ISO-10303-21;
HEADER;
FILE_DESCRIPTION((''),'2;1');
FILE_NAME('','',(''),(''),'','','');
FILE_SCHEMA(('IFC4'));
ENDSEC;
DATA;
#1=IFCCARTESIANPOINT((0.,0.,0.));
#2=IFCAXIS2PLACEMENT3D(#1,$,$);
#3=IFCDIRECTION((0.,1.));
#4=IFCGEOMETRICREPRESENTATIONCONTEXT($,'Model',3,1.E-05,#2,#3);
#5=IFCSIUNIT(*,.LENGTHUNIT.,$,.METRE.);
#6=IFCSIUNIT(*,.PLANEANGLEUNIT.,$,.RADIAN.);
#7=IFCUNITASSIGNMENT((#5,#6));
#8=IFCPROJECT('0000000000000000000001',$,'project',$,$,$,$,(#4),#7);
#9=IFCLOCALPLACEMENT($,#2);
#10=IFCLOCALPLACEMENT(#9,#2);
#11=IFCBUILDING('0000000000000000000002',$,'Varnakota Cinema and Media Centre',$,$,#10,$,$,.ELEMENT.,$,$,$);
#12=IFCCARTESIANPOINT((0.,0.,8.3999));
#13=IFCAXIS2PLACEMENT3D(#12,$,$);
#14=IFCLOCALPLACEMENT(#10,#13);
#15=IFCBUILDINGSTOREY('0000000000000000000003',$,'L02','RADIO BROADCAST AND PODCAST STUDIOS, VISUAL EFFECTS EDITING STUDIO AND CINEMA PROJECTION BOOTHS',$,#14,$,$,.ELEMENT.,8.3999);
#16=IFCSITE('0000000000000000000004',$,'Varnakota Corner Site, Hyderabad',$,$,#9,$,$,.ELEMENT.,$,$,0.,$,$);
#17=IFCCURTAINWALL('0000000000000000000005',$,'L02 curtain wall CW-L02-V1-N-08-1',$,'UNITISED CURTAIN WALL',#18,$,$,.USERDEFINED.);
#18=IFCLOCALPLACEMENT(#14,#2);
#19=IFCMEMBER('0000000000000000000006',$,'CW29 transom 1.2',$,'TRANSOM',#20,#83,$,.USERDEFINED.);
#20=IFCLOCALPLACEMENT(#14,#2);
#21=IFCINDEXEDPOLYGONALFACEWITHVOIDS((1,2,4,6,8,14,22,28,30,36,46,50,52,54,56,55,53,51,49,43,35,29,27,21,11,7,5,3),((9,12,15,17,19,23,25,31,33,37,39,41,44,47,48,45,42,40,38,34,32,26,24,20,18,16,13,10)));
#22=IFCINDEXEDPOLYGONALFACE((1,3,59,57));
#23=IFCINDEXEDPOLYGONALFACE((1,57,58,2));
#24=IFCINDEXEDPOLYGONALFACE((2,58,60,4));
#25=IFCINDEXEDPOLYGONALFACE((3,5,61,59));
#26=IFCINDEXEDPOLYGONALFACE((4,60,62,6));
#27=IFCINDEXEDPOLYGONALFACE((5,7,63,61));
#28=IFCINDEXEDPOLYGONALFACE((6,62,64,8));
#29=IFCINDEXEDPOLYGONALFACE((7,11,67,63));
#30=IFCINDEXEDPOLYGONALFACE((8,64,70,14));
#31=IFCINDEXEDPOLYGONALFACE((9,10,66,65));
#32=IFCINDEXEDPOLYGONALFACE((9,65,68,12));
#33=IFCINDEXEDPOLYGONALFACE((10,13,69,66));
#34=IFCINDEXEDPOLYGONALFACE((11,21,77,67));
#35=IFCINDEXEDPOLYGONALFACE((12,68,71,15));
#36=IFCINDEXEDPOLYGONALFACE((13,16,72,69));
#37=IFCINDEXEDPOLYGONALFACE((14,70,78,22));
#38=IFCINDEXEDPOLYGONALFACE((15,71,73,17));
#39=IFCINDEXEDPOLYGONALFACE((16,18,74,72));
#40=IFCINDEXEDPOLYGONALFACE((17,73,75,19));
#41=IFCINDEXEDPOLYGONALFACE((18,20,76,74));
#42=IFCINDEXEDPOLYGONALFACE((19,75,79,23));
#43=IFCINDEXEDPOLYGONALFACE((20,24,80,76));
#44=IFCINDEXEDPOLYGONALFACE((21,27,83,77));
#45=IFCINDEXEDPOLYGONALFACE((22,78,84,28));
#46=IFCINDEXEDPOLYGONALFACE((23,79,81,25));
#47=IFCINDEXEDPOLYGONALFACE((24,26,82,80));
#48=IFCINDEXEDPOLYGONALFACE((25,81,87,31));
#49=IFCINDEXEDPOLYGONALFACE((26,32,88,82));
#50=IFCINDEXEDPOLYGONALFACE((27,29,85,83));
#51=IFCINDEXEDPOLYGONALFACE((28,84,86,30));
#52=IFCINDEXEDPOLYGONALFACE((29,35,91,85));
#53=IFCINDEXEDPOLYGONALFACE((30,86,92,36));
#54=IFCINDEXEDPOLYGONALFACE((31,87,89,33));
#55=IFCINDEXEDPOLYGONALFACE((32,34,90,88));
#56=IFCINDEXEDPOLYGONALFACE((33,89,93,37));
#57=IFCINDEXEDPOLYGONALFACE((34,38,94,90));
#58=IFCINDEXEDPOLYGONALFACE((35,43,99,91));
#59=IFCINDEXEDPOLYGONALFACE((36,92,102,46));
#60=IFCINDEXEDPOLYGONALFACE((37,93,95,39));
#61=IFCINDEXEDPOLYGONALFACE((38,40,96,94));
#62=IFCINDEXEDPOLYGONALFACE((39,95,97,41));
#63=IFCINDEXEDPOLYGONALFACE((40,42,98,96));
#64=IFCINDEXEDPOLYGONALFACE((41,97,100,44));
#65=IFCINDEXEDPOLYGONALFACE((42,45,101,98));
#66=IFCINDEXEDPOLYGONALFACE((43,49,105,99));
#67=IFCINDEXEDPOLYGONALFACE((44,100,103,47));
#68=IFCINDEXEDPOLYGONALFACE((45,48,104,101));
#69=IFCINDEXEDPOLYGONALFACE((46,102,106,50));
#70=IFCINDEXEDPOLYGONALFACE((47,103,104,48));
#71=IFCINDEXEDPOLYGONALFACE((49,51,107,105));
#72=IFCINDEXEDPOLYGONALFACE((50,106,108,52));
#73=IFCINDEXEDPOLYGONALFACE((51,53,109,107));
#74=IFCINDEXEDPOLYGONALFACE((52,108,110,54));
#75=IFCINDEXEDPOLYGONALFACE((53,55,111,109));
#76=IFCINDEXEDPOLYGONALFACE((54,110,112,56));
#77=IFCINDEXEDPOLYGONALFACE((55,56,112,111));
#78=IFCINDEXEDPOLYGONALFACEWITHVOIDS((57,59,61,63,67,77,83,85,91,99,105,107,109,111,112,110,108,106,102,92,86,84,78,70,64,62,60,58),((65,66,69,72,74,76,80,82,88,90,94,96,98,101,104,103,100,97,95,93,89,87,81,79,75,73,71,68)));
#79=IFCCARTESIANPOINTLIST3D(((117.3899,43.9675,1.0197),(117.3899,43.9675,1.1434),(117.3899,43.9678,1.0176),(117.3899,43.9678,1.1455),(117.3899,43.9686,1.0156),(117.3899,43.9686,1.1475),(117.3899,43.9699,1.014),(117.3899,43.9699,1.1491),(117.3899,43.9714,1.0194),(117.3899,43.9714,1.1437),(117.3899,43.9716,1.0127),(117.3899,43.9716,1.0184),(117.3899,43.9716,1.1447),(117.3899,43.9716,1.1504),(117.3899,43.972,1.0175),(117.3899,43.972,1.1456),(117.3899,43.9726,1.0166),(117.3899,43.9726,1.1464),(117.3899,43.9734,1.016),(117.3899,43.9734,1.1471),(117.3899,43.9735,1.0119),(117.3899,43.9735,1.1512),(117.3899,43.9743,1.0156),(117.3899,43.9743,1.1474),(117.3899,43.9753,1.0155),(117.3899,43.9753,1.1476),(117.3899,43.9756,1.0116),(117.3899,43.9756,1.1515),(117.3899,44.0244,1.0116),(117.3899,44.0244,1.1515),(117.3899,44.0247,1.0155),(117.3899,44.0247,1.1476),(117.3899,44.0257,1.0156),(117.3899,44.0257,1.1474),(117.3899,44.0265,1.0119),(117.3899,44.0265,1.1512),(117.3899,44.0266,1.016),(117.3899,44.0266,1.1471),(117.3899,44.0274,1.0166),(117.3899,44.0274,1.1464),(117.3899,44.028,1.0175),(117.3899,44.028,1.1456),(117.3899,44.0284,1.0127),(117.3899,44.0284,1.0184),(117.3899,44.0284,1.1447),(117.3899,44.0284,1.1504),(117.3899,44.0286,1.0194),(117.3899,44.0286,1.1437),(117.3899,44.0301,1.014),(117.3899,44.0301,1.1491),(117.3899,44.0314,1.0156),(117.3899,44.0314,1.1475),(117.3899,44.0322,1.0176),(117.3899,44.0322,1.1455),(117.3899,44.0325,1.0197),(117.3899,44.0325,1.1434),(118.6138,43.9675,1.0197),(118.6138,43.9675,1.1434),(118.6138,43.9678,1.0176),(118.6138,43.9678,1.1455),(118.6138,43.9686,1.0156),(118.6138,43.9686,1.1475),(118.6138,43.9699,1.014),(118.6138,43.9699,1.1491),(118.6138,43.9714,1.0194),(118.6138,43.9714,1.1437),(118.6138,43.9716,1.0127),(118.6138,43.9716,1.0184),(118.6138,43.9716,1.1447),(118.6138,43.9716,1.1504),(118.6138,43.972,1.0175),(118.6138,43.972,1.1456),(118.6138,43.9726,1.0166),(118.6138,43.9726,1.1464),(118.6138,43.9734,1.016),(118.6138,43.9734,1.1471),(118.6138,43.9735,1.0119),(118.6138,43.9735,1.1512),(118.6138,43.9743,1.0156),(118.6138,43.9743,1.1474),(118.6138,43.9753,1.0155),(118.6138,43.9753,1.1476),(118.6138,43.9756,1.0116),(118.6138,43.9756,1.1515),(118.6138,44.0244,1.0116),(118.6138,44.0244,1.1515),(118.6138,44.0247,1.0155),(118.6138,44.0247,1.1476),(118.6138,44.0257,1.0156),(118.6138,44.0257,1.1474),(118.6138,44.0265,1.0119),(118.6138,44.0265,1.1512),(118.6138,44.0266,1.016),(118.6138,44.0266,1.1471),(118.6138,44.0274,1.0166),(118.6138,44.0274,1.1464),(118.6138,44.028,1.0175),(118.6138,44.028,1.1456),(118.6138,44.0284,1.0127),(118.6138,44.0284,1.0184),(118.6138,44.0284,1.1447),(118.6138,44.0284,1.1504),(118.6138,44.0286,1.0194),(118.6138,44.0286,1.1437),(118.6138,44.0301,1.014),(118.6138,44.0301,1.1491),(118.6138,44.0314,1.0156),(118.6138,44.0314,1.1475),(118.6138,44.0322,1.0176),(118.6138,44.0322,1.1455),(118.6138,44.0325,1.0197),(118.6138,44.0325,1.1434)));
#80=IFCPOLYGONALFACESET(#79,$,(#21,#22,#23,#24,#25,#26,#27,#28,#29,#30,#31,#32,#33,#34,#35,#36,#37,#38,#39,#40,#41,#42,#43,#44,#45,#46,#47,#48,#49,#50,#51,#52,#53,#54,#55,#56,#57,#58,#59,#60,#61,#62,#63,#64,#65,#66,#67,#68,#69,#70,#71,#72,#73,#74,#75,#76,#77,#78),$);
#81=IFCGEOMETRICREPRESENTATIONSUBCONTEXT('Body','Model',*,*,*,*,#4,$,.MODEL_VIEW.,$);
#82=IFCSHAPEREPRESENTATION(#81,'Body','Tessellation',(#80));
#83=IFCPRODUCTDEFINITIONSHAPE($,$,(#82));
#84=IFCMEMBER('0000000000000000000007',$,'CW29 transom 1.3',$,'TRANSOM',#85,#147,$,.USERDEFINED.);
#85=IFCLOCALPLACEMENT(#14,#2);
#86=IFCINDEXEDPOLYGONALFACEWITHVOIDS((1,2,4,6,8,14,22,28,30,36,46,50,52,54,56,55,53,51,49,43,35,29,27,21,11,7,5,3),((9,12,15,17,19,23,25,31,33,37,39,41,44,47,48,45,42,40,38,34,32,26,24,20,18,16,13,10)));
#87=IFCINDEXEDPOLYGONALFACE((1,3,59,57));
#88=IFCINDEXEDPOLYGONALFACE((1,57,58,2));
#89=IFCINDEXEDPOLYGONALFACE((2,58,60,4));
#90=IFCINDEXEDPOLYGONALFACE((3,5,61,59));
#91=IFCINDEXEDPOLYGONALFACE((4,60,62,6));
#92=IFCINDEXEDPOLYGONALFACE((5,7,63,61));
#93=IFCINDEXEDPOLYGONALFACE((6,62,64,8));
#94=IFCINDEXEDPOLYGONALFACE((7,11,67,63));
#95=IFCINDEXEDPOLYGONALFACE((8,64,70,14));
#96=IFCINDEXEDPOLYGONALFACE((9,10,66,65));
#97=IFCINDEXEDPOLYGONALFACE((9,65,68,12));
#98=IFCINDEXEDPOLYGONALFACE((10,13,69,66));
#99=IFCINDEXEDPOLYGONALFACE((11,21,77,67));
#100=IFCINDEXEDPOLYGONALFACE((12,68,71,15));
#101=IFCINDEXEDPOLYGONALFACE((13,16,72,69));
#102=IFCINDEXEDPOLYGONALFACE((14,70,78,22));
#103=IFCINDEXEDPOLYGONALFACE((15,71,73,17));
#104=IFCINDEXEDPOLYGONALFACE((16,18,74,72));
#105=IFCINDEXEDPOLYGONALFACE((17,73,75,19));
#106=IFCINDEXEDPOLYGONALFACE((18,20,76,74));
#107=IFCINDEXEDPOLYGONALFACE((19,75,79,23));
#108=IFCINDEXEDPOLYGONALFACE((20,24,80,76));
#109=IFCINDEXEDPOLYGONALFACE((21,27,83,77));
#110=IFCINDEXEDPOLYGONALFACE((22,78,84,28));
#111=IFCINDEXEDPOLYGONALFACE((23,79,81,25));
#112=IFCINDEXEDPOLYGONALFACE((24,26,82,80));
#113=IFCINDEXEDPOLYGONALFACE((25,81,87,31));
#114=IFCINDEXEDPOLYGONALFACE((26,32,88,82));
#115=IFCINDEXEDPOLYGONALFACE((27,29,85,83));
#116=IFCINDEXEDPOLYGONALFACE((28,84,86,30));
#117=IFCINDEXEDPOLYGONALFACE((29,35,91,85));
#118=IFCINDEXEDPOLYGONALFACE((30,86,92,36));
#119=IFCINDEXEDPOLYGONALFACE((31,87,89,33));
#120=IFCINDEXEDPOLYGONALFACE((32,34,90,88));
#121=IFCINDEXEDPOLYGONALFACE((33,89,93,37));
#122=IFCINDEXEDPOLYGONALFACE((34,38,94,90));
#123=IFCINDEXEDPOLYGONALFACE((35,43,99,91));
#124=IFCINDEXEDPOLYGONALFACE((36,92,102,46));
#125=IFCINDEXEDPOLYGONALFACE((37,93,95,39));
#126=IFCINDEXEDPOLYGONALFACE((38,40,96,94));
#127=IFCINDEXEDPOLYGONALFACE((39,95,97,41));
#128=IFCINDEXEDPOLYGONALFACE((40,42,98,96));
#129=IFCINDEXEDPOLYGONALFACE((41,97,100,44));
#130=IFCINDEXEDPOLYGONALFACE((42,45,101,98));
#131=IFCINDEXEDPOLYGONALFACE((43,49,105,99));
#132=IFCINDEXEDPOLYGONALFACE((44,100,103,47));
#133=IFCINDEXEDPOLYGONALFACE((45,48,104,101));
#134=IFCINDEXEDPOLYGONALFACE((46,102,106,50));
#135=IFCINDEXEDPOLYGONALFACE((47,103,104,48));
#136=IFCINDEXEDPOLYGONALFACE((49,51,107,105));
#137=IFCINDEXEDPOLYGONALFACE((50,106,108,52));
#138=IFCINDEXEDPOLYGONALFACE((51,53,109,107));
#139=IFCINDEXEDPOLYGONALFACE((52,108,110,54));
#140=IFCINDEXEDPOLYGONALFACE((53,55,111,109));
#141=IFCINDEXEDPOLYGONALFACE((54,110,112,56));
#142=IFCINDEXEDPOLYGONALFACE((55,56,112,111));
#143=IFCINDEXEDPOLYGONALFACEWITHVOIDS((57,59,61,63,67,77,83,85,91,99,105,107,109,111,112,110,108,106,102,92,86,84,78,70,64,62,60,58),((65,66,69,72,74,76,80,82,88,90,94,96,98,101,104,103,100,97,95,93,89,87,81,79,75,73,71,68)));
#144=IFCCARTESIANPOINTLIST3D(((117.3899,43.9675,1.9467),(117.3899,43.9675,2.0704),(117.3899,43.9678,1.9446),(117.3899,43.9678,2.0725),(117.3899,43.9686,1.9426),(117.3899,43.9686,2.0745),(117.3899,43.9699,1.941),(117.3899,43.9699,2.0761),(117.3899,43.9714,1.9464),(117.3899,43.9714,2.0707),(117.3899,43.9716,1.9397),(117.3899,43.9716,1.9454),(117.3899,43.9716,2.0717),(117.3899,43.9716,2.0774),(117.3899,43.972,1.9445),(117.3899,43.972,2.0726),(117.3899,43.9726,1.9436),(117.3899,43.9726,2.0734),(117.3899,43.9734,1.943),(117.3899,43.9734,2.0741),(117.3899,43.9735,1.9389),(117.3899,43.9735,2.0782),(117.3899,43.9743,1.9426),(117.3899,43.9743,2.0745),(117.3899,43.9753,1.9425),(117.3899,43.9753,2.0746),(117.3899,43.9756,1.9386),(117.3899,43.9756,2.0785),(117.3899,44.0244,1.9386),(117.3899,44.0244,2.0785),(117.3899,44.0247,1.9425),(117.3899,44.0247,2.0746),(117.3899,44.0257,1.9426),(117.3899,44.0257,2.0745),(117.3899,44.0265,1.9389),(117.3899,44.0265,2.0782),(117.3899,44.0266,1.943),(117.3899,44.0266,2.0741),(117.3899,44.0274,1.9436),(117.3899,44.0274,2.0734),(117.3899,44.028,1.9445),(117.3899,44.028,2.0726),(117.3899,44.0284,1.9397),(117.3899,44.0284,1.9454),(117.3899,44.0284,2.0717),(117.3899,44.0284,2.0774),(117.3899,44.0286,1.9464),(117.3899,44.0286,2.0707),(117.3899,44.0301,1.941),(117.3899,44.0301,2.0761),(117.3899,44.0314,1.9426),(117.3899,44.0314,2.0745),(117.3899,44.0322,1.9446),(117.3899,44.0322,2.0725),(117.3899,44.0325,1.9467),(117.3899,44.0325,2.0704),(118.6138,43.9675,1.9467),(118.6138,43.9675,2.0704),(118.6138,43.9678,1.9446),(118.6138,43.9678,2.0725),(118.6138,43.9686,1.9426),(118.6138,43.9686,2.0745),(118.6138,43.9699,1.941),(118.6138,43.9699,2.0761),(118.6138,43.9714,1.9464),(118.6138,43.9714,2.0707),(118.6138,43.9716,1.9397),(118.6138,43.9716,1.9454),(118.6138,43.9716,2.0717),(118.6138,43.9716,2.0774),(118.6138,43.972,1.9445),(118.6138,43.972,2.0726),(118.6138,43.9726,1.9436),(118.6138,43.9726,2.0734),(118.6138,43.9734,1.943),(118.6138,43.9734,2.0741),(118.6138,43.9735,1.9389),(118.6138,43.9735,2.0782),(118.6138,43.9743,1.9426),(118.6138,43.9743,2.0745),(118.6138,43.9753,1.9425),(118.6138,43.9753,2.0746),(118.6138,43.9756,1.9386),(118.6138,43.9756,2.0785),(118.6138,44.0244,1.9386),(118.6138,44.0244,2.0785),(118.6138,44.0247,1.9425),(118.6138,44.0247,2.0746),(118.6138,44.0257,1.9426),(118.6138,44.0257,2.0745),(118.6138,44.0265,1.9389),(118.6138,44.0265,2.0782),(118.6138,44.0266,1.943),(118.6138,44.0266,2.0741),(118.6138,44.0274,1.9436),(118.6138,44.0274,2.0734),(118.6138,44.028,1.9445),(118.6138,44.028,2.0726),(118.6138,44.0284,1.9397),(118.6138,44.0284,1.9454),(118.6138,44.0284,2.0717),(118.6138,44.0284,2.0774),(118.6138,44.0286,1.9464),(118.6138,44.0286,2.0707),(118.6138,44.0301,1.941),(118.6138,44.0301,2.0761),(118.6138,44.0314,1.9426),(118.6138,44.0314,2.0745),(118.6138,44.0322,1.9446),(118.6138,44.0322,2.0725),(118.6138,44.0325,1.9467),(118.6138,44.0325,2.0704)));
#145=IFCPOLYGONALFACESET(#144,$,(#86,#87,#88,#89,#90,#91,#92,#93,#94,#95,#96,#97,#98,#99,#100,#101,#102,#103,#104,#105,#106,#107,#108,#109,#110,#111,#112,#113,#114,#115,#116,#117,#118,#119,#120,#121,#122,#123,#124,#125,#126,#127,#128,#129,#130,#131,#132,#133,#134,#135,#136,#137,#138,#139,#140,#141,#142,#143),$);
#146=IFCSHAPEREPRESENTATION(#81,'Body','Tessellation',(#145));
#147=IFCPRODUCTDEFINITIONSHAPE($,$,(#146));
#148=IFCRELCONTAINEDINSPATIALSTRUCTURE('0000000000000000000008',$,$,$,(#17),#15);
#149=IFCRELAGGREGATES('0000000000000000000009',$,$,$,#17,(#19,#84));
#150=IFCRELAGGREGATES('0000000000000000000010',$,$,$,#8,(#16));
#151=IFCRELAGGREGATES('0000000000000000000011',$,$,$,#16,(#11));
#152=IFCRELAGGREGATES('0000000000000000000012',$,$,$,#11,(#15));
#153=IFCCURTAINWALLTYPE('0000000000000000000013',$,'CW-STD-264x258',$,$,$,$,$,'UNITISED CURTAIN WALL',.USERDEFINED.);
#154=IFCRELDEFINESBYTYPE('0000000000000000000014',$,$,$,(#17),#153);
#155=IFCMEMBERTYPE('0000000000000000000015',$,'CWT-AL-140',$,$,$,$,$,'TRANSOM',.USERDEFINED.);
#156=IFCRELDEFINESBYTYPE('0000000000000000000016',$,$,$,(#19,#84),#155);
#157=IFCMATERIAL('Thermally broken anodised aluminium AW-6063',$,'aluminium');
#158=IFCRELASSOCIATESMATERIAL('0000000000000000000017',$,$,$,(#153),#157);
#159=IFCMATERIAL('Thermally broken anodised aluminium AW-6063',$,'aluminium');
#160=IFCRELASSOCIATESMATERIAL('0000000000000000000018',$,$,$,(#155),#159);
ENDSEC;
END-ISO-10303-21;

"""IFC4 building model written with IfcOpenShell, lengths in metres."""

from ifc_helpers import new_model, si_unit, direction, frame, origin, origin_2d, place, context, subcontext, project, spatial, hollow_rectangle, extrude, material, material_profile, profile_set, type_object, element, aggregate, save


model = new_model("IFC4")

# Units and contexts
model_context = context("Model", 3, precision=1e-05, world=origin(), true_north=direction((0.0, 1.0)))
body_context = subcontext(model_context, "Body", "Model", "MODEL_VIEW")
ifc_project = project(units=[si_unit("LENGTHUNIT", "METRE"), si_unit("PLANEANGLEUNIT", "RADIAN")], contexts=[model_context])

# Site, building, storey
site_placement = place(None, origin())
site = spatial("IfcSite", under=ifc_project, at=site_placement, Name="Varnakota Corner Site, Hyderabad", CompositionType="ELEMENT", RefElevation=0.0)
building_placement = place(site_placement, origin())
building = spatial("IfcBuilding", under=site, at=building_placement, Name="Varnakota Cinema and Media Centre", CompositionType="ELEMENT")
storey_placement = place(building_placement, frame((0.0, 0.0, 8.3999)))
storey = spatial("IfcBuildingStorey", under=building, at=storey_placement, Name="L02", Description="RADIO BROADCAST AND PODCAST STUDIOS, VISUAL EFFECTS EDITING STUDIO AND CINEMA PROJECTION BOOTHS", CompositionType="ELEMENT", Elevation=8.3999)

# Shared definitions
ifc_material_1 = material(Name="Thermally broken anodised aluminium AW-6063", Category="aluminium")
curtain_wall_type = type_object("IfcCurtainWallType", Name="CW-STD-264x258", ElementType="UNITISED CURTAIN WALL", PredefinedType="USERDEFINED", material=ifc_material_1)

# Curtain wall
curtain_wall_1_placement = place(storey_placement, origin())
curtain_wall_1 = element("IfcCurtainWall", 1, at=curtain_wall_1_placement, inside=storey, type_object=curtain_wall_type, Name="L02 curtain wall CW-L02-V1-N-08-1", ObjectType="UNITISED CURTAIN WALL", PredefinedType="USERDEFINED")

# Members
ifc_material_2 = material(Name="Thermally broken anodised aluminium AW-6063", Category="aluminium")
ifc_material_profile_1 = material_profile(ifc_material_2, hollow_rectangle(XDim=0.0649, YDim=0.1399, WallThickness=0.0039, InnerFilletRadius=0.0039, OuterFilletRadius=0.0081, at=origin_2d()), Name="AL-TRANSOM 140x65x4")
ifc_profile_set_1 = profile_set([ifc_material_profile_1], Name="Thermally broken anodised aluminium AW-6063")
member_type_1 = type_object("IfcMemberType", Name="CWT-AL-140", ElementType="TRANSOM", PredefinedType="USERDEFINED", material=ifc_profile_set_1)
member_1_placement = place(storey_placement, frame((117.3899, 44.0, 1.0815), z_axis=(1.0, 0.0, 0.0), x_axis=(0.0, 1.0, 0.0)))
member_1 = element("IfcMember", 2, at=member_1_placement, type_object=member_type_1, Name="CW29 transom 1.2", ObjectType="TRANSOM", PredefinedType="USERDEFINED", context=body_context, shape_type="SweptSolid", body=[
    extrude(hollow_rectangle(XDim=0.0649, YDim=0.1399, WallThickness=0.0039, InnerFilletRadius=0.0039, OuterFilletRadius=0.0081, at=origin_2d()), origin(), (0.0, 0.0, 1.0), 1.2239),
])
member_2_placement = place(storey_placement, frame((117.3899, 44.0, 2.0085), z_axis=(1.0, 0.0, 0.0), x_axis=(0.0, 1.0, 0.0)))
member_2 = element("IfcMember", 3, at=member_2_placement, type_object=member_type_1, Name="CW29 transom 1.3", ObjectType="TRANSOM", PredefinedType="USERDEFINED", context=body_context, shape_type="SweptSolid", body=[
    extrude(hollow_rectangle(XDim=0.0649, YDim=0.1399, WallThickness=0.0039, InnerFilletRadius=0.0039, OuterFilletRadius=0.0081, at=origin_2d()), origin(), (0.0, 0.0, 1.0), 1.2239),
])

aggregate(curtain_wall_1, [member_1, member_2])

save(model, "model.ifc")
